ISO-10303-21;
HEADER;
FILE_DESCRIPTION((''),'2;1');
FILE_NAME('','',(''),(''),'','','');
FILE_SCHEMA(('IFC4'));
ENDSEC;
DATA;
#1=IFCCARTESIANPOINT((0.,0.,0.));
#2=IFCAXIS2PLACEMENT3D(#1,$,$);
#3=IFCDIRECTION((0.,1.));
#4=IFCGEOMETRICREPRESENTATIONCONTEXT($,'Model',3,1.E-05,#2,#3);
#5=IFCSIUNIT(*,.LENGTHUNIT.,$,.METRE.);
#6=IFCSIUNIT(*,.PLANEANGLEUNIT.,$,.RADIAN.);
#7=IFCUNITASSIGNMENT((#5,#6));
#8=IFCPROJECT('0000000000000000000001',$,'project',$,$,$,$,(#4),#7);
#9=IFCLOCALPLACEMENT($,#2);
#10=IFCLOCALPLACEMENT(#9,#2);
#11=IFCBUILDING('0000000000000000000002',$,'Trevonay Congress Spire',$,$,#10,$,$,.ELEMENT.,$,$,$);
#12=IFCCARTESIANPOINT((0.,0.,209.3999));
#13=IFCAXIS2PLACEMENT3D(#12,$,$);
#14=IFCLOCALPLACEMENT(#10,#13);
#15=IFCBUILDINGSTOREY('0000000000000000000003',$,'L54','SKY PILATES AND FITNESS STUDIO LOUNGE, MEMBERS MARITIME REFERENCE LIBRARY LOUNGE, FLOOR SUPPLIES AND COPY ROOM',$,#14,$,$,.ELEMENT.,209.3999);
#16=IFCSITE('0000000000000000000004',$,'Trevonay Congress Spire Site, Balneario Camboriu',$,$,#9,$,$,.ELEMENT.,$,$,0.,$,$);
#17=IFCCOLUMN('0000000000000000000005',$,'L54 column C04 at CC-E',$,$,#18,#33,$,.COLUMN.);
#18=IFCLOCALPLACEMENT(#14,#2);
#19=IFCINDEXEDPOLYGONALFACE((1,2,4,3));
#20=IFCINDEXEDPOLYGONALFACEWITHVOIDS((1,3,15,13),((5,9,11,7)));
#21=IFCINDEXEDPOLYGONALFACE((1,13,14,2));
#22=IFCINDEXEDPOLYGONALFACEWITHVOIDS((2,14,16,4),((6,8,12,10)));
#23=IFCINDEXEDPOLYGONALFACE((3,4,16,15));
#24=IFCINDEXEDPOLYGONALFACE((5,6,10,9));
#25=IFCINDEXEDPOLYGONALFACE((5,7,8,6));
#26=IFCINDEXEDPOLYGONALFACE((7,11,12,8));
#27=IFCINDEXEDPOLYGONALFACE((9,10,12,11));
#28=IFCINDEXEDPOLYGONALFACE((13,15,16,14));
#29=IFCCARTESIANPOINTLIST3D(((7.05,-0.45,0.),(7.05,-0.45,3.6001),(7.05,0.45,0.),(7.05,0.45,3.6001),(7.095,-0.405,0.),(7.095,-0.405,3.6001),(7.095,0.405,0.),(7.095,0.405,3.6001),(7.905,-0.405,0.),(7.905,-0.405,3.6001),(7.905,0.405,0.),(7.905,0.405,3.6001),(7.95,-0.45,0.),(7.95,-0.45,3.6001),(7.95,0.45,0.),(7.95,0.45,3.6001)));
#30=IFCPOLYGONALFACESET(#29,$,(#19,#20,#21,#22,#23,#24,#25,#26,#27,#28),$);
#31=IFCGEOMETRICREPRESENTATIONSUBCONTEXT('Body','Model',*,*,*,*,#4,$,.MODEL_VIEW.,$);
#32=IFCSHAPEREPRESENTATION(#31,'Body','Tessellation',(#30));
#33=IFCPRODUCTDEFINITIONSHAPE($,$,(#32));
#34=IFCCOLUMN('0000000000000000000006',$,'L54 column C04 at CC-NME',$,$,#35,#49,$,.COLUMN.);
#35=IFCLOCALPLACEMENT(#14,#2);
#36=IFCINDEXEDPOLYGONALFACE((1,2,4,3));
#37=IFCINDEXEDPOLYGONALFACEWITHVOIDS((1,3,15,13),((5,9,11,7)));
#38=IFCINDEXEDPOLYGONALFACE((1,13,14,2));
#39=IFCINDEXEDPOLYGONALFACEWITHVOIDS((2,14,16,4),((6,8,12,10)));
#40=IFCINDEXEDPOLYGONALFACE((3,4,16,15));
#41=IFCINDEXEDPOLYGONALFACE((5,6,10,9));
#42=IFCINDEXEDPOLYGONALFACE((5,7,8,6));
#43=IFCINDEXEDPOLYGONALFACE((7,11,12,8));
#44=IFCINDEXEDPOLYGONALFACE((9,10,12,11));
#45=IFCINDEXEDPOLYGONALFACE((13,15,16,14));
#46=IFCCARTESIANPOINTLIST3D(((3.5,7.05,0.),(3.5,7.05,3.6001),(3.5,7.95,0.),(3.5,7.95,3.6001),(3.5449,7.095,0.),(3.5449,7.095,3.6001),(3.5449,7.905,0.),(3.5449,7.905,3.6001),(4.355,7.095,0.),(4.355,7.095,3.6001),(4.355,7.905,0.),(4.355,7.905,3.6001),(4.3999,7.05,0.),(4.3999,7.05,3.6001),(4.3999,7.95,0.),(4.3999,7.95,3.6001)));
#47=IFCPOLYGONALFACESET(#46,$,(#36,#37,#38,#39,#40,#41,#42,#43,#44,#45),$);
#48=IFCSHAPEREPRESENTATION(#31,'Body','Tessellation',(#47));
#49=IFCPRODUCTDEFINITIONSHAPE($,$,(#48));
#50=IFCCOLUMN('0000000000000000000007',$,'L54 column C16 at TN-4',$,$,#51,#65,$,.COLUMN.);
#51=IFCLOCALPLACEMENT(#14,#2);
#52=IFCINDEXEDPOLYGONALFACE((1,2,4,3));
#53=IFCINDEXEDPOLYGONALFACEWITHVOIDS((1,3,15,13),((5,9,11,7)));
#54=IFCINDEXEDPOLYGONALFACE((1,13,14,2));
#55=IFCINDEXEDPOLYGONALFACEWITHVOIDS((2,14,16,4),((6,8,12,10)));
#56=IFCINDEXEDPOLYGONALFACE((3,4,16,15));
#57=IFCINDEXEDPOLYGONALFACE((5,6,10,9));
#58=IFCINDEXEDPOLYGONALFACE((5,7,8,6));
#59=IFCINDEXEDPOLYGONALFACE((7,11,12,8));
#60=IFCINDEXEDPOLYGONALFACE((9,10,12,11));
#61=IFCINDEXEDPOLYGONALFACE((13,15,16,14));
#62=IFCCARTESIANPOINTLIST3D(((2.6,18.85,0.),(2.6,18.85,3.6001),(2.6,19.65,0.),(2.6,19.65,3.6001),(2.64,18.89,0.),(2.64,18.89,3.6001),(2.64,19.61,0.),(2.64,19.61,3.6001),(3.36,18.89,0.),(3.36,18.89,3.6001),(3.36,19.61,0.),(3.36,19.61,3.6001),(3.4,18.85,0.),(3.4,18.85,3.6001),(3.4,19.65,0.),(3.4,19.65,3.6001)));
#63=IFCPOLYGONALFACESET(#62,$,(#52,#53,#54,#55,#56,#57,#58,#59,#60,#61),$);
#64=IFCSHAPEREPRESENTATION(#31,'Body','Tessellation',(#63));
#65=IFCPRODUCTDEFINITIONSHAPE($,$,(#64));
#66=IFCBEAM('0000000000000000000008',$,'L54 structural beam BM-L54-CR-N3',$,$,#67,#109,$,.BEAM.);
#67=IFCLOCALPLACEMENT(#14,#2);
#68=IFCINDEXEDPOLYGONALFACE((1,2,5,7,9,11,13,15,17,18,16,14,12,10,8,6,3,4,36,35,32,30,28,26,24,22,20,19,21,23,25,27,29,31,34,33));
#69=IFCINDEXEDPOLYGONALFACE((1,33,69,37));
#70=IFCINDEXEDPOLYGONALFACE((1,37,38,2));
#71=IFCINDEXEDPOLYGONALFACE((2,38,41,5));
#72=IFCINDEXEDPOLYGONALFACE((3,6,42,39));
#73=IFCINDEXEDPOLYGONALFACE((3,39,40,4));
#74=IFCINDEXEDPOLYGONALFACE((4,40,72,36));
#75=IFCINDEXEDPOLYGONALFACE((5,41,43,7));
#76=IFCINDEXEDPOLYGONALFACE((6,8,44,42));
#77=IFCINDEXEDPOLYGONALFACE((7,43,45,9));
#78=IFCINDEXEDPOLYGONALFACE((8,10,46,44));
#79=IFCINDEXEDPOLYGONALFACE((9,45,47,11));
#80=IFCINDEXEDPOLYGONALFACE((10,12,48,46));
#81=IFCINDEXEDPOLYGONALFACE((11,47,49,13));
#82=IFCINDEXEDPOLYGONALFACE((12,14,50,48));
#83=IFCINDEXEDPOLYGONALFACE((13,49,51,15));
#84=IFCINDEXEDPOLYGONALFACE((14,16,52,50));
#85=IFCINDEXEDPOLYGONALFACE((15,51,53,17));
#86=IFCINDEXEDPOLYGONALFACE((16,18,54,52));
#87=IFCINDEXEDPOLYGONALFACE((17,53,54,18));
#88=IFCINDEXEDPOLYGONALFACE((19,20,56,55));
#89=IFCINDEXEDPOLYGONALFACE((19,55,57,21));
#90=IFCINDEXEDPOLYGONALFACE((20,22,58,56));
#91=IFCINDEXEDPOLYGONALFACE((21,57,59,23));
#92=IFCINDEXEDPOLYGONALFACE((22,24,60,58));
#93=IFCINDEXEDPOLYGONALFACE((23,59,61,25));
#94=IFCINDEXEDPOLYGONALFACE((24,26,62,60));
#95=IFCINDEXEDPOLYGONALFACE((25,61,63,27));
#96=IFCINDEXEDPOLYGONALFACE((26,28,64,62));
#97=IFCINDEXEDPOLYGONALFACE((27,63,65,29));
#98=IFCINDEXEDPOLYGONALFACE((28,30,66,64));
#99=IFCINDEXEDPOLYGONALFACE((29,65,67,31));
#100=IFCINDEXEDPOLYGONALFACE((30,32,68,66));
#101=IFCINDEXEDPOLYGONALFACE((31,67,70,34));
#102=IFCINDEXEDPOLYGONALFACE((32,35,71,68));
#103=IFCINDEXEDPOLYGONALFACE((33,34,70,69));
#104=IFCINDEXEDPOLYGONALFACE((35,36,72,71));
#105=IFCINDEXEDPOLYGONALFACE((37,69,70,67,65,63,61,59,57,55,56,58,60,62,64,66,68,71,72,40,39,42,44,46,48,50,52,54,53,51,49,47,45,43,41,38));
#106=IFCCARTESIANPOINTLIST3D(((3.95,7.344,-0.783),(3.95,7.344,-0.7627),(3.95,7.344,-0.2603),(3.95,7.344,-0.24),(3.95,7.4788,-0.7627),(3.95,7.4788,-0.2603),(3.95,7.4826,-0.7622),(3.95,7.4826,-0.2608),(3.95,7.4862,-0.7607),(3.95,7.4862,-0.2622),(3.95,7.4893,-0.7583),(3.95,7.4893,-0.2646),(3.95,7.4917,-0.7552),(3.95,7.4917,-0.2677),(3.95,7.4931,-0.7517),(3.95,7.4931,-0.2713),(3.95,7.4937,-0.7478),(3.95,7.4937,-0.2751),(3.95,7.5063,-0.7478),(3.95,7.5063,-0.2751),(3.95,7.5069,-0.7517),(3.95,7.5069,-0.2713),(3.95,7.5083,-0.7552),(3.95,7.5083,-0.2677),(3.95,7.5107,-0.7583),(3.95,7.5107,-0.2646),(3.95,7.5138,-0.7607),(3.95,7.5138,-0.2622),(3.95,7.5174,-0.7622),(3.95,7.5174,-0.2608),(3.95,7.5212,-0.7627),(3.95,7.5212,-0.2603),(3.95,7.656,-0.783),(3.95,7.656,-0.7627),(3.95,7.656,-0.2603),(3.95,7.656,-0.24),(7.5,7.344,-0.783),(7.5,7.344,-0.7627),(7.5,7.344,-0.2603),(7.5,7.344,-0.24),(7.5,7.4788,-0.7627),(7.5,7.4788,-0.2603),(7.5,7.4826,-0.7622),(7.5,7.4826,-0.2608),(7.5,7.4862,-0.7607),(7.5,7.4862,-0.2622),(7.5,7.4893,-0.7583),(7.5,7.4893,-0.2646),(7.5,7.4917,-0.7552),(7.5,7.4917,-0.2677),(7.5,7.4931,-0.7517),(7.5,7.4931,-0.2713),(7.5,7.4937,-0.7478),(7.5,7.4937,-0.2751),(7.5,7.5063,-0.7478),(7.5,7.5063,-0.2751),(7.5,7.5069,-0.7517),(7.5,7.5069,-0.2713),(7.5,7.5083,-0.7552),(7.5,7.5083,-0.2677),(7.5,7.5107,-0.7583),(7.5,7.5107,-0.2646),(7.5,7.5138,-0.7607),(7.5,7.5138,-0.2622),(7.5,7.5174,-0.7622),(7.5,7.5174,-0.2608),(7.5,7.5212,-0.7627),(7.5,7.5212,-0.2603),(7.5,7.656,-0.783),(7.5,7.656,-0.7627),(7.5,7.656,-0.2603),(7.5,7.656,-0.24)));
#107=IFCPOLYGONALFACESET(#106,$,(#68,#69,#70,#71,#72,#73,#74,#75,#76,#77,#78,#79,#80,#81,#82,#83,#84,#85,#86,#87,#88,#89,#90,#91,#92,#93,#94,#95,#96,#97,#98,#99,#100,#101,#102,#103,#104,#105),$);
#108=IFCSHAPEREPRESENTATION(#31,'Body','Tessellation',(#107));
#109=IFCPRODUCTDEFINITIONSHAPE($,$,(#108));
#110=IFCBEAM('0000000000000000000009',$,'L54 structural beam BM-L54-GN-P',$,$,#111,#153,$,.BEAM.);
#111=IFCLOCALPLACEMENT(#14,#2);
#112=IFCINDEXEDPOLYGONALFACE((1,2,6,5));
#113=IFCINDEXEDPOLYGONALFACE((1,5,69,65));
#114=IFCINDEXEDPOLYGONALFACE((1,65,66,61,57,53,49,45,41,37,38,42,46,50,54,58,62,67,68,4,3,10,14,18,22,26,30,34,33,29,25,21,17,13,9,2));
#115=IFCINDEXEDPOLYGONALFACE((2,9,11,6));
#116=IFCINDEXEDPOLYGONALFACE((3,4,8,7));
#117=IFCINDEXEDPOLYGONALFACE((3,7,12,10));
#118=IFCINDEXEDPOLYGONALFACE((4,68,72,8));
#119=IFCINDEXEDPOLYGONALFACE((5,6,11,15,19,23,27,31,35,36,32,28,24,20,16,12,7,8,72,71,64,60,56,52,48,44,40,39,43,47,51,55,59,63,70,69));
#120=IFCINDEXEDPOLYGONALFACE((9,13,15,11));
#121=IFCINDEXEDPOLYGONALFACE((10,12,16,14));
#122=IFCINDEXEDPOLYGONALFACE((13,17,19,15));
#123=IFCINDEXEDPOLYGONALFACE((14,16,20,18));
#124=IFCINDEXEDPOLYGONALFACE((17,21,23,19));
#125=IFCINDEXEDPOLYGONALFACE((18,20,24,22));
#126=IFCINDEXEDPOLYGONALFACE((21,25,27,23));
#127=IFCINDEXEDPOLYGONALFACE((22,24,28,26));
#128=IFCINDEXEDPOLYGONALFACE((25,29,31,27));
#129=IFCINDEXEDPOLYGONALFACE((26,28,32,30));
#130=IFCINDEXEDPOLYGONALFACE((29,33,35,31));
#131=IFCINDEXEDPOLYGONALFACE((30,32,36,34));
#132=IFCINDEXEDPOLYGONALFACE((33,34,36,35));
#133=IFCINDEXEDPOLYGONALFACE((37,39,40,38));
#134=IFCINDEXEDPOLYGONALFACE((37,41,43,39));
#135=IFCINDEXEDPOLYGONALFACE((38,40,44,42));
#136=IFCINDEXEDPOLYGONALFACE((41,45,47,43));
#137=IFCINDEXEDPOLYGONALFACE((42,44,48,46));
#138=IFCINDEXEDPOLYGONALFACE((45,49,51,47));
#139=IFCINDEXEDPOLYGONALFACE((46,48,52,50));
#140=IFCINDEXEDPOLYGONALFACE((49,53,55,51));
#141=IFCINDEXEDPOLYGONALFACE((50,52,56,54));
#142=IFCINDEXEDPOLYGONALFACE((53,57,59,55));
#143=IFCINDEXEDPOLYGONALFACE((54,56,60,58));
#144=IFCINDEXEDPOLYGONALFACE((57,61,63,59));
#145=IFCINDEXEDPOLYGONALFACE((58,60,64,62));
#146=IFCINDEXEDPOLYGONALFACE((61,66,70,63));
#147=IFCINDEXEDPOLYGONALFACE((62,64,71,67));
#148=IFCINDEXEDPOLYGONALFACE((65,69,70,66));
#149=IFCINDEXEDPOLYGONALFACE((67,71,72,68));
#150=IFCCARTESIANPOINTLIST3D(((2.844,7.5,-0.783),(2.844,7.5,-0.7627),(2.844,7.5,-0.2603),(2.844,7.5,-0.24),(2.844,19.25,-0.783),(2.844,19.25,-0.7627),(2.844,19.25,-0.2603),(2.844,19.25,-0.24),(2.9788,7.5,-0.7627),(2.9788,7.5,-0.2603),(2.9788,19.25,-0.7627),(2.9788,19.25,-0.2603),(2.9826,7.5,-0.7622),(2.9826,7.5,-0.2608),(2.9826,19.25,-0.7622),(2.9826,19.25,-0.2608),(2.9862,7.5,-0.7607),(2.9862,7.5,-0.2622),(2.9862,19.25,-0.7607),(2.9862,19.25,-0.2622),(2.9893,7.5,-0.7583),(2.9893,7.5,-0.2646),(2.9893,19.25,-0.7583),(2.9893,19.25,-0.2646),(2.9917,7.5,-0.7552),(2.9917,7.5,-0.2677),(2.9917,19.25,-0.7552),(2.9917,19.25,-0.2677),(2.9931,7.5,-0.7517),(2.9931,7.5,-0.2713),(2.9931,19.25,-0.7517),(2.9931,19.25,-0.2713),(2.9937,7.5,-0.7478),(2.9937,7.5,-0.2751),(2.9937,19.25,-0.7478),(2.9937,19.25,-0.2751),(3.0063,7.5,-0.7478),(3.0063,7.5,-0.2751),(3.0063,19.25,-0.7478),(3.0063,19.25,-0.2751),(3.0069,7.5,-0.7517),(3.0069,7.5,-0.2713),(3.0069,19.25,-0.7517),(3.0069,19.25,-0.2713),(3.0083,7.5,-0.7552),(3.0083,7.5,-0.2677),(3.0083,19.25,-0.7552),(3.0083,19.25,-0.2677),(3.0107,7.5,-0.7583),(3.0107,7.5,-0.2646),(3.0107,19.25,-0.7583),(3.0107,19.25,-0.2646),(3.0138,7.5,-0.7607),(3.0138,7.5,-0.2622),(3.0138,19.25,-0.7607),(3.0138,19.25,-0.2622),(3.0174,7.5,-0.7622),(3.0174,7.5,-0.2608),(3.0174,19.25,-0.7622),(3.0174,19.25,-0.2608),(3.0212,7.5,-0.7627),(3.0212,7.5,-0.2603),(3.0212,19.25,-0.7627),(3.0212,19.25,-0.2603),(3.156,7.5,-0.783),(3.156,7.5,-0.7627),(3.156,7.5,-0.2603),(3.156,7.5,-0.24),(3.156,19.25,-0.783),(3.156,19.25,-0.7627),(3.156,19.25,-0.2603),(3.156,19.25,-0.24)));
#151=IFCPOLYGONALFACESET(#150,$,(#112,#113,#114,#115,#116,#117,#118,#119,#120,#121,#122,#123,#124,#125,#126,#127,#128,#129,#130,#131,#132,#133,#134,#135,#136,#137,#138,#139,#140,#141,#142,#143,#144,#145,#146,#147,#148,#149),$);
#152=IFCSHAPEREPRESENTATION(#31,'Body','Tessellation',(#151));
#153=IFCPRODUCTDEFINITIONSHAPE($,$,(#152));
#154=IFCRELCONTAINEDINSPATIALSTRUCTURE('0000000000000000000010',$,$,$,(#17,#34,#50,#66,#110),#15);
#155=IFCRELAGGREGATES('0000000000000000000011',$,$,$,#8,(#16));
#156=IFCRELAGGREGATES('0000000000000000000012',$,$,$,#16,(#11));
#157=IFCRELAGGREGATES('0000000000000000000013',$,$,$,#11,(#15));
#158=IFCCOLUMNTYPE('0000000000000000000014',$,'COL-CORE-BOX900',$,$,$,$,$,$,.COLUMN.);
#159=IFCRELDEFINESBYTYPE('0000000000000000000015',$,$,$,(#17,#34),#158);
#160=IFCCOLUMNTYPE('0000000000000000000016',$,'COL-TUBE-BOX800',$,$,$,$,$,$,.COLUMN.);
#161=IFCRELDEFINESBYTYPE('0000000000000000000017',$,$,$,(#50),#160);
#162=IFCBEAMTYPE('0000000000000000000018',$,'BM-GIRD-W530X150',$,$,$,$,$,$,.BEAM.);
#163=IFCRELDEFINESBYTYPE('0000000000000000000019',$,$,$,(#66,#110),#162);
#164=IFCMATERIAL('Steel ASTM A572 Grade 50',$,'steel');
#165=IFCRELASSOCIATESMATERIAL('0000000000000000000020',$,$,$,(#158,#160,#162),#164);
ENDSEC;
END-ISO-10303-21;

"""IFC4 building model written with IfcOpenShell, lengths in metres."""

from ifc_helpers import new_model, si_unit, direction, frame, origin, origin_2d, place, context, subcontext, project, spatial, hollow_rectangle, i_section, extrude, material, material_profile, profile_set, type_object, element, save


model = new_model("IFC4")

# Units and contexts
model_context = context("Model", 3, precision=1e-05, world=origin(), true_north=direction((0.0, 1.0)))
body_context = subcontext(model_context, "Body", "Model", "MODEL_VIEW")
ifc_project = project(units=[si_unit("LENGTHUNIT", "METRE"), si_unit("PLANEANGLEUNIT", "RADIAN")], contexts=[model_context])

# Site, building, storey
site_placement = place(None, origin())
site = spatial("IfcSite", under=ifc_project, at=site_placement, Name="Trevonay Congress Spire Site, Balneario Camboriu", CompositionType="ELEMENT", RefElevation=0.0)
building_placement = place(site_placement, origin())
building = spatial("IfcBuilding", under=site, at=building_placement, Name="Trevonay Congress Spire", CompositionType="ELEMENT")
storey_placement = place(building_placement, frame((0.0, 0.0, 209.3999)))
storey = spatial("IfcBuildingStorey", under=building, at=storey_placement, Name="L54", Description="SKY PILATES AND FITNESS STUDIO LOUNGE, MEMBERS MARITIME REFERENCE LIBRARY LOUNGE, FLOOR SUPPLIES AND COPY ROOM", CompositionType="ELEMENT", Elevation=209.3999)

# Columns
ifc_material_1 = material(Name="Steel ASTM A572 Grade 50", Category="steel")
ifc_material_profile_1 = material_profile(ifc_material_1, hollow_rectangle(XDim=0.8999, YDim=0.8999, WallThickness=0.0449, at=origin_2d()), Name="BOX 900x900x45")
ifc_profile_set_1 = profile_set([ifc_material_profile_1], Name="Steel ASTM A572 Grade 50")
column_type_1 = type_object("IfcColumnType", Name="COL-CORE-BOX900", PredefinedType="COLUMN", material=ifc_profile_set_1)
for number, where, z_axis, x_axis, name in (
    (1, (7.5, 0.0, 0.0), (0.0, 0.0, 1.0), (1.0, 0.0, 0.0), "L54 column C04 at CC-E"),
    (2, (3.95, 7.5, 0.0), (0.0, 0.0, 1.0), (1.0, 0.0, 0.0), "L54 column C04 at CC-NME"),
):
    element("IfcColumn", number, at=place(storey_placement, frame(where, z_axis=z_axis, x_axis=x_axis)), inside=storey, type_object=column_type_1, Name=name, PredefinedType="COLUMN", context=body_context, shape_type="SweptSolid", body=[
        extrude(hollow_rectangle(XDim=0.8999, YDim=0.8999, WallThickness=0.0449, at=origin_2d()), origin(), (0.0, 0.0, 1.0), 3.6001),
    ])
ifc_material_profile_2 = material_profile(ifc_material_1, hollow_rectangle(XDim=0.8, YDim=0.8, WallThickness=0.04, at=origin_2d()), Name="BOX 800x800x40")
ifc_profile_set_2 = profile_set([ifc_material_profile_2], Name="Steel ASTM A572 Grade 50")
column_type_2 = type_object("IfcColumnType", Name="COL-TUBE-BOX800", PredefinedType="COLUMN", material=ifc_profile_set_2)
column_placement = place(storey_placement, frame((3.0, 19.25, 0.0), z_axis=(0.0, 0.0, 1.0), x_axis=(1.0, 0.0, 0.0)))
element("IfcColumn", 3, at=column_placement, inside=storey, type_object=column_type_2, Name="L54 column C16 at TN-4", PredefinedType="COLUMN", context=body_context, shape_type="SweptSolid", body=[
    extrude(hollow_rectangle(XDim=0.8, YDim=0.8, WallThickness=0.04, at=origin_2d()), origin(), (0.0, 0.0, 1.0), 3.6001),
])

# Beams
ifc_material_profile_3 = material_profile(ifc_material_1, i_section(OverallWidth=0.312, OverallDepth=0.543, WebThickness=0.0127, FlangeThickness=0.0203, FilletRadius=0.0149, at=origin_2d()), Name="W530x150")
ifc_profile_set_3 = profile_set([ifc_material_profile_3], Name="Steel ASTM A572 Grade 50")
beam_type_1 = type_object("IfcBeamType", Name="BM-GIRD-W530X150", PredefinedType="BEAM", material=ifc_profile_set_3)
beam_1_placement = place(storey_placement, frame((3.95, 7.5, -0.5115), z_axis=(1.0, 0.0, 0.0), x_axis=(0.0, 1.0, 0.0)))
element("IfcBeam", 4, at=beam_1_placement, inside=storey, type_object=beam_type_1, Name="L54 structural beam BM-L54-CR-N3", PredefinedType="BEAM", context=body_context, shape_type="SweptSolid", body=[
    extrude(i_section(OverallWidth=0.312, OverallDepth=0.543, WebThickness=0.0127, FlangeThickness=0.0203, FilletRadius=0.0149, at=origin_2d()), origin(), (0.0, 0.0, 1.0), 3.55),
])
beam_2_placement = place(storey_placement, frame((3.0, 7.5, -0.5115), z_axis=(0.0, 1.0, 0.0), x_axis=(-1.0, 0.0, 0.0)))
element("IfcBeam", 5, at=beam_2_placement, inside=storey, type_object=beam_type_1, Name="L54 structural beam BM-L54-GN-P", PredefinedType="BEAM", context=body_context, shape_type="SweptSolid", body=[
    extrude(i_section(OverallWidth=0.312, OverallDepth=0.543, WebThickness=0.0127, FlangeThickness=0.0203, FilletRadius=0.0149, at=origin_2d()), origin(), (0.0, 0.0, 1.0), 11.75),
])

save(model, "model.ifc")
